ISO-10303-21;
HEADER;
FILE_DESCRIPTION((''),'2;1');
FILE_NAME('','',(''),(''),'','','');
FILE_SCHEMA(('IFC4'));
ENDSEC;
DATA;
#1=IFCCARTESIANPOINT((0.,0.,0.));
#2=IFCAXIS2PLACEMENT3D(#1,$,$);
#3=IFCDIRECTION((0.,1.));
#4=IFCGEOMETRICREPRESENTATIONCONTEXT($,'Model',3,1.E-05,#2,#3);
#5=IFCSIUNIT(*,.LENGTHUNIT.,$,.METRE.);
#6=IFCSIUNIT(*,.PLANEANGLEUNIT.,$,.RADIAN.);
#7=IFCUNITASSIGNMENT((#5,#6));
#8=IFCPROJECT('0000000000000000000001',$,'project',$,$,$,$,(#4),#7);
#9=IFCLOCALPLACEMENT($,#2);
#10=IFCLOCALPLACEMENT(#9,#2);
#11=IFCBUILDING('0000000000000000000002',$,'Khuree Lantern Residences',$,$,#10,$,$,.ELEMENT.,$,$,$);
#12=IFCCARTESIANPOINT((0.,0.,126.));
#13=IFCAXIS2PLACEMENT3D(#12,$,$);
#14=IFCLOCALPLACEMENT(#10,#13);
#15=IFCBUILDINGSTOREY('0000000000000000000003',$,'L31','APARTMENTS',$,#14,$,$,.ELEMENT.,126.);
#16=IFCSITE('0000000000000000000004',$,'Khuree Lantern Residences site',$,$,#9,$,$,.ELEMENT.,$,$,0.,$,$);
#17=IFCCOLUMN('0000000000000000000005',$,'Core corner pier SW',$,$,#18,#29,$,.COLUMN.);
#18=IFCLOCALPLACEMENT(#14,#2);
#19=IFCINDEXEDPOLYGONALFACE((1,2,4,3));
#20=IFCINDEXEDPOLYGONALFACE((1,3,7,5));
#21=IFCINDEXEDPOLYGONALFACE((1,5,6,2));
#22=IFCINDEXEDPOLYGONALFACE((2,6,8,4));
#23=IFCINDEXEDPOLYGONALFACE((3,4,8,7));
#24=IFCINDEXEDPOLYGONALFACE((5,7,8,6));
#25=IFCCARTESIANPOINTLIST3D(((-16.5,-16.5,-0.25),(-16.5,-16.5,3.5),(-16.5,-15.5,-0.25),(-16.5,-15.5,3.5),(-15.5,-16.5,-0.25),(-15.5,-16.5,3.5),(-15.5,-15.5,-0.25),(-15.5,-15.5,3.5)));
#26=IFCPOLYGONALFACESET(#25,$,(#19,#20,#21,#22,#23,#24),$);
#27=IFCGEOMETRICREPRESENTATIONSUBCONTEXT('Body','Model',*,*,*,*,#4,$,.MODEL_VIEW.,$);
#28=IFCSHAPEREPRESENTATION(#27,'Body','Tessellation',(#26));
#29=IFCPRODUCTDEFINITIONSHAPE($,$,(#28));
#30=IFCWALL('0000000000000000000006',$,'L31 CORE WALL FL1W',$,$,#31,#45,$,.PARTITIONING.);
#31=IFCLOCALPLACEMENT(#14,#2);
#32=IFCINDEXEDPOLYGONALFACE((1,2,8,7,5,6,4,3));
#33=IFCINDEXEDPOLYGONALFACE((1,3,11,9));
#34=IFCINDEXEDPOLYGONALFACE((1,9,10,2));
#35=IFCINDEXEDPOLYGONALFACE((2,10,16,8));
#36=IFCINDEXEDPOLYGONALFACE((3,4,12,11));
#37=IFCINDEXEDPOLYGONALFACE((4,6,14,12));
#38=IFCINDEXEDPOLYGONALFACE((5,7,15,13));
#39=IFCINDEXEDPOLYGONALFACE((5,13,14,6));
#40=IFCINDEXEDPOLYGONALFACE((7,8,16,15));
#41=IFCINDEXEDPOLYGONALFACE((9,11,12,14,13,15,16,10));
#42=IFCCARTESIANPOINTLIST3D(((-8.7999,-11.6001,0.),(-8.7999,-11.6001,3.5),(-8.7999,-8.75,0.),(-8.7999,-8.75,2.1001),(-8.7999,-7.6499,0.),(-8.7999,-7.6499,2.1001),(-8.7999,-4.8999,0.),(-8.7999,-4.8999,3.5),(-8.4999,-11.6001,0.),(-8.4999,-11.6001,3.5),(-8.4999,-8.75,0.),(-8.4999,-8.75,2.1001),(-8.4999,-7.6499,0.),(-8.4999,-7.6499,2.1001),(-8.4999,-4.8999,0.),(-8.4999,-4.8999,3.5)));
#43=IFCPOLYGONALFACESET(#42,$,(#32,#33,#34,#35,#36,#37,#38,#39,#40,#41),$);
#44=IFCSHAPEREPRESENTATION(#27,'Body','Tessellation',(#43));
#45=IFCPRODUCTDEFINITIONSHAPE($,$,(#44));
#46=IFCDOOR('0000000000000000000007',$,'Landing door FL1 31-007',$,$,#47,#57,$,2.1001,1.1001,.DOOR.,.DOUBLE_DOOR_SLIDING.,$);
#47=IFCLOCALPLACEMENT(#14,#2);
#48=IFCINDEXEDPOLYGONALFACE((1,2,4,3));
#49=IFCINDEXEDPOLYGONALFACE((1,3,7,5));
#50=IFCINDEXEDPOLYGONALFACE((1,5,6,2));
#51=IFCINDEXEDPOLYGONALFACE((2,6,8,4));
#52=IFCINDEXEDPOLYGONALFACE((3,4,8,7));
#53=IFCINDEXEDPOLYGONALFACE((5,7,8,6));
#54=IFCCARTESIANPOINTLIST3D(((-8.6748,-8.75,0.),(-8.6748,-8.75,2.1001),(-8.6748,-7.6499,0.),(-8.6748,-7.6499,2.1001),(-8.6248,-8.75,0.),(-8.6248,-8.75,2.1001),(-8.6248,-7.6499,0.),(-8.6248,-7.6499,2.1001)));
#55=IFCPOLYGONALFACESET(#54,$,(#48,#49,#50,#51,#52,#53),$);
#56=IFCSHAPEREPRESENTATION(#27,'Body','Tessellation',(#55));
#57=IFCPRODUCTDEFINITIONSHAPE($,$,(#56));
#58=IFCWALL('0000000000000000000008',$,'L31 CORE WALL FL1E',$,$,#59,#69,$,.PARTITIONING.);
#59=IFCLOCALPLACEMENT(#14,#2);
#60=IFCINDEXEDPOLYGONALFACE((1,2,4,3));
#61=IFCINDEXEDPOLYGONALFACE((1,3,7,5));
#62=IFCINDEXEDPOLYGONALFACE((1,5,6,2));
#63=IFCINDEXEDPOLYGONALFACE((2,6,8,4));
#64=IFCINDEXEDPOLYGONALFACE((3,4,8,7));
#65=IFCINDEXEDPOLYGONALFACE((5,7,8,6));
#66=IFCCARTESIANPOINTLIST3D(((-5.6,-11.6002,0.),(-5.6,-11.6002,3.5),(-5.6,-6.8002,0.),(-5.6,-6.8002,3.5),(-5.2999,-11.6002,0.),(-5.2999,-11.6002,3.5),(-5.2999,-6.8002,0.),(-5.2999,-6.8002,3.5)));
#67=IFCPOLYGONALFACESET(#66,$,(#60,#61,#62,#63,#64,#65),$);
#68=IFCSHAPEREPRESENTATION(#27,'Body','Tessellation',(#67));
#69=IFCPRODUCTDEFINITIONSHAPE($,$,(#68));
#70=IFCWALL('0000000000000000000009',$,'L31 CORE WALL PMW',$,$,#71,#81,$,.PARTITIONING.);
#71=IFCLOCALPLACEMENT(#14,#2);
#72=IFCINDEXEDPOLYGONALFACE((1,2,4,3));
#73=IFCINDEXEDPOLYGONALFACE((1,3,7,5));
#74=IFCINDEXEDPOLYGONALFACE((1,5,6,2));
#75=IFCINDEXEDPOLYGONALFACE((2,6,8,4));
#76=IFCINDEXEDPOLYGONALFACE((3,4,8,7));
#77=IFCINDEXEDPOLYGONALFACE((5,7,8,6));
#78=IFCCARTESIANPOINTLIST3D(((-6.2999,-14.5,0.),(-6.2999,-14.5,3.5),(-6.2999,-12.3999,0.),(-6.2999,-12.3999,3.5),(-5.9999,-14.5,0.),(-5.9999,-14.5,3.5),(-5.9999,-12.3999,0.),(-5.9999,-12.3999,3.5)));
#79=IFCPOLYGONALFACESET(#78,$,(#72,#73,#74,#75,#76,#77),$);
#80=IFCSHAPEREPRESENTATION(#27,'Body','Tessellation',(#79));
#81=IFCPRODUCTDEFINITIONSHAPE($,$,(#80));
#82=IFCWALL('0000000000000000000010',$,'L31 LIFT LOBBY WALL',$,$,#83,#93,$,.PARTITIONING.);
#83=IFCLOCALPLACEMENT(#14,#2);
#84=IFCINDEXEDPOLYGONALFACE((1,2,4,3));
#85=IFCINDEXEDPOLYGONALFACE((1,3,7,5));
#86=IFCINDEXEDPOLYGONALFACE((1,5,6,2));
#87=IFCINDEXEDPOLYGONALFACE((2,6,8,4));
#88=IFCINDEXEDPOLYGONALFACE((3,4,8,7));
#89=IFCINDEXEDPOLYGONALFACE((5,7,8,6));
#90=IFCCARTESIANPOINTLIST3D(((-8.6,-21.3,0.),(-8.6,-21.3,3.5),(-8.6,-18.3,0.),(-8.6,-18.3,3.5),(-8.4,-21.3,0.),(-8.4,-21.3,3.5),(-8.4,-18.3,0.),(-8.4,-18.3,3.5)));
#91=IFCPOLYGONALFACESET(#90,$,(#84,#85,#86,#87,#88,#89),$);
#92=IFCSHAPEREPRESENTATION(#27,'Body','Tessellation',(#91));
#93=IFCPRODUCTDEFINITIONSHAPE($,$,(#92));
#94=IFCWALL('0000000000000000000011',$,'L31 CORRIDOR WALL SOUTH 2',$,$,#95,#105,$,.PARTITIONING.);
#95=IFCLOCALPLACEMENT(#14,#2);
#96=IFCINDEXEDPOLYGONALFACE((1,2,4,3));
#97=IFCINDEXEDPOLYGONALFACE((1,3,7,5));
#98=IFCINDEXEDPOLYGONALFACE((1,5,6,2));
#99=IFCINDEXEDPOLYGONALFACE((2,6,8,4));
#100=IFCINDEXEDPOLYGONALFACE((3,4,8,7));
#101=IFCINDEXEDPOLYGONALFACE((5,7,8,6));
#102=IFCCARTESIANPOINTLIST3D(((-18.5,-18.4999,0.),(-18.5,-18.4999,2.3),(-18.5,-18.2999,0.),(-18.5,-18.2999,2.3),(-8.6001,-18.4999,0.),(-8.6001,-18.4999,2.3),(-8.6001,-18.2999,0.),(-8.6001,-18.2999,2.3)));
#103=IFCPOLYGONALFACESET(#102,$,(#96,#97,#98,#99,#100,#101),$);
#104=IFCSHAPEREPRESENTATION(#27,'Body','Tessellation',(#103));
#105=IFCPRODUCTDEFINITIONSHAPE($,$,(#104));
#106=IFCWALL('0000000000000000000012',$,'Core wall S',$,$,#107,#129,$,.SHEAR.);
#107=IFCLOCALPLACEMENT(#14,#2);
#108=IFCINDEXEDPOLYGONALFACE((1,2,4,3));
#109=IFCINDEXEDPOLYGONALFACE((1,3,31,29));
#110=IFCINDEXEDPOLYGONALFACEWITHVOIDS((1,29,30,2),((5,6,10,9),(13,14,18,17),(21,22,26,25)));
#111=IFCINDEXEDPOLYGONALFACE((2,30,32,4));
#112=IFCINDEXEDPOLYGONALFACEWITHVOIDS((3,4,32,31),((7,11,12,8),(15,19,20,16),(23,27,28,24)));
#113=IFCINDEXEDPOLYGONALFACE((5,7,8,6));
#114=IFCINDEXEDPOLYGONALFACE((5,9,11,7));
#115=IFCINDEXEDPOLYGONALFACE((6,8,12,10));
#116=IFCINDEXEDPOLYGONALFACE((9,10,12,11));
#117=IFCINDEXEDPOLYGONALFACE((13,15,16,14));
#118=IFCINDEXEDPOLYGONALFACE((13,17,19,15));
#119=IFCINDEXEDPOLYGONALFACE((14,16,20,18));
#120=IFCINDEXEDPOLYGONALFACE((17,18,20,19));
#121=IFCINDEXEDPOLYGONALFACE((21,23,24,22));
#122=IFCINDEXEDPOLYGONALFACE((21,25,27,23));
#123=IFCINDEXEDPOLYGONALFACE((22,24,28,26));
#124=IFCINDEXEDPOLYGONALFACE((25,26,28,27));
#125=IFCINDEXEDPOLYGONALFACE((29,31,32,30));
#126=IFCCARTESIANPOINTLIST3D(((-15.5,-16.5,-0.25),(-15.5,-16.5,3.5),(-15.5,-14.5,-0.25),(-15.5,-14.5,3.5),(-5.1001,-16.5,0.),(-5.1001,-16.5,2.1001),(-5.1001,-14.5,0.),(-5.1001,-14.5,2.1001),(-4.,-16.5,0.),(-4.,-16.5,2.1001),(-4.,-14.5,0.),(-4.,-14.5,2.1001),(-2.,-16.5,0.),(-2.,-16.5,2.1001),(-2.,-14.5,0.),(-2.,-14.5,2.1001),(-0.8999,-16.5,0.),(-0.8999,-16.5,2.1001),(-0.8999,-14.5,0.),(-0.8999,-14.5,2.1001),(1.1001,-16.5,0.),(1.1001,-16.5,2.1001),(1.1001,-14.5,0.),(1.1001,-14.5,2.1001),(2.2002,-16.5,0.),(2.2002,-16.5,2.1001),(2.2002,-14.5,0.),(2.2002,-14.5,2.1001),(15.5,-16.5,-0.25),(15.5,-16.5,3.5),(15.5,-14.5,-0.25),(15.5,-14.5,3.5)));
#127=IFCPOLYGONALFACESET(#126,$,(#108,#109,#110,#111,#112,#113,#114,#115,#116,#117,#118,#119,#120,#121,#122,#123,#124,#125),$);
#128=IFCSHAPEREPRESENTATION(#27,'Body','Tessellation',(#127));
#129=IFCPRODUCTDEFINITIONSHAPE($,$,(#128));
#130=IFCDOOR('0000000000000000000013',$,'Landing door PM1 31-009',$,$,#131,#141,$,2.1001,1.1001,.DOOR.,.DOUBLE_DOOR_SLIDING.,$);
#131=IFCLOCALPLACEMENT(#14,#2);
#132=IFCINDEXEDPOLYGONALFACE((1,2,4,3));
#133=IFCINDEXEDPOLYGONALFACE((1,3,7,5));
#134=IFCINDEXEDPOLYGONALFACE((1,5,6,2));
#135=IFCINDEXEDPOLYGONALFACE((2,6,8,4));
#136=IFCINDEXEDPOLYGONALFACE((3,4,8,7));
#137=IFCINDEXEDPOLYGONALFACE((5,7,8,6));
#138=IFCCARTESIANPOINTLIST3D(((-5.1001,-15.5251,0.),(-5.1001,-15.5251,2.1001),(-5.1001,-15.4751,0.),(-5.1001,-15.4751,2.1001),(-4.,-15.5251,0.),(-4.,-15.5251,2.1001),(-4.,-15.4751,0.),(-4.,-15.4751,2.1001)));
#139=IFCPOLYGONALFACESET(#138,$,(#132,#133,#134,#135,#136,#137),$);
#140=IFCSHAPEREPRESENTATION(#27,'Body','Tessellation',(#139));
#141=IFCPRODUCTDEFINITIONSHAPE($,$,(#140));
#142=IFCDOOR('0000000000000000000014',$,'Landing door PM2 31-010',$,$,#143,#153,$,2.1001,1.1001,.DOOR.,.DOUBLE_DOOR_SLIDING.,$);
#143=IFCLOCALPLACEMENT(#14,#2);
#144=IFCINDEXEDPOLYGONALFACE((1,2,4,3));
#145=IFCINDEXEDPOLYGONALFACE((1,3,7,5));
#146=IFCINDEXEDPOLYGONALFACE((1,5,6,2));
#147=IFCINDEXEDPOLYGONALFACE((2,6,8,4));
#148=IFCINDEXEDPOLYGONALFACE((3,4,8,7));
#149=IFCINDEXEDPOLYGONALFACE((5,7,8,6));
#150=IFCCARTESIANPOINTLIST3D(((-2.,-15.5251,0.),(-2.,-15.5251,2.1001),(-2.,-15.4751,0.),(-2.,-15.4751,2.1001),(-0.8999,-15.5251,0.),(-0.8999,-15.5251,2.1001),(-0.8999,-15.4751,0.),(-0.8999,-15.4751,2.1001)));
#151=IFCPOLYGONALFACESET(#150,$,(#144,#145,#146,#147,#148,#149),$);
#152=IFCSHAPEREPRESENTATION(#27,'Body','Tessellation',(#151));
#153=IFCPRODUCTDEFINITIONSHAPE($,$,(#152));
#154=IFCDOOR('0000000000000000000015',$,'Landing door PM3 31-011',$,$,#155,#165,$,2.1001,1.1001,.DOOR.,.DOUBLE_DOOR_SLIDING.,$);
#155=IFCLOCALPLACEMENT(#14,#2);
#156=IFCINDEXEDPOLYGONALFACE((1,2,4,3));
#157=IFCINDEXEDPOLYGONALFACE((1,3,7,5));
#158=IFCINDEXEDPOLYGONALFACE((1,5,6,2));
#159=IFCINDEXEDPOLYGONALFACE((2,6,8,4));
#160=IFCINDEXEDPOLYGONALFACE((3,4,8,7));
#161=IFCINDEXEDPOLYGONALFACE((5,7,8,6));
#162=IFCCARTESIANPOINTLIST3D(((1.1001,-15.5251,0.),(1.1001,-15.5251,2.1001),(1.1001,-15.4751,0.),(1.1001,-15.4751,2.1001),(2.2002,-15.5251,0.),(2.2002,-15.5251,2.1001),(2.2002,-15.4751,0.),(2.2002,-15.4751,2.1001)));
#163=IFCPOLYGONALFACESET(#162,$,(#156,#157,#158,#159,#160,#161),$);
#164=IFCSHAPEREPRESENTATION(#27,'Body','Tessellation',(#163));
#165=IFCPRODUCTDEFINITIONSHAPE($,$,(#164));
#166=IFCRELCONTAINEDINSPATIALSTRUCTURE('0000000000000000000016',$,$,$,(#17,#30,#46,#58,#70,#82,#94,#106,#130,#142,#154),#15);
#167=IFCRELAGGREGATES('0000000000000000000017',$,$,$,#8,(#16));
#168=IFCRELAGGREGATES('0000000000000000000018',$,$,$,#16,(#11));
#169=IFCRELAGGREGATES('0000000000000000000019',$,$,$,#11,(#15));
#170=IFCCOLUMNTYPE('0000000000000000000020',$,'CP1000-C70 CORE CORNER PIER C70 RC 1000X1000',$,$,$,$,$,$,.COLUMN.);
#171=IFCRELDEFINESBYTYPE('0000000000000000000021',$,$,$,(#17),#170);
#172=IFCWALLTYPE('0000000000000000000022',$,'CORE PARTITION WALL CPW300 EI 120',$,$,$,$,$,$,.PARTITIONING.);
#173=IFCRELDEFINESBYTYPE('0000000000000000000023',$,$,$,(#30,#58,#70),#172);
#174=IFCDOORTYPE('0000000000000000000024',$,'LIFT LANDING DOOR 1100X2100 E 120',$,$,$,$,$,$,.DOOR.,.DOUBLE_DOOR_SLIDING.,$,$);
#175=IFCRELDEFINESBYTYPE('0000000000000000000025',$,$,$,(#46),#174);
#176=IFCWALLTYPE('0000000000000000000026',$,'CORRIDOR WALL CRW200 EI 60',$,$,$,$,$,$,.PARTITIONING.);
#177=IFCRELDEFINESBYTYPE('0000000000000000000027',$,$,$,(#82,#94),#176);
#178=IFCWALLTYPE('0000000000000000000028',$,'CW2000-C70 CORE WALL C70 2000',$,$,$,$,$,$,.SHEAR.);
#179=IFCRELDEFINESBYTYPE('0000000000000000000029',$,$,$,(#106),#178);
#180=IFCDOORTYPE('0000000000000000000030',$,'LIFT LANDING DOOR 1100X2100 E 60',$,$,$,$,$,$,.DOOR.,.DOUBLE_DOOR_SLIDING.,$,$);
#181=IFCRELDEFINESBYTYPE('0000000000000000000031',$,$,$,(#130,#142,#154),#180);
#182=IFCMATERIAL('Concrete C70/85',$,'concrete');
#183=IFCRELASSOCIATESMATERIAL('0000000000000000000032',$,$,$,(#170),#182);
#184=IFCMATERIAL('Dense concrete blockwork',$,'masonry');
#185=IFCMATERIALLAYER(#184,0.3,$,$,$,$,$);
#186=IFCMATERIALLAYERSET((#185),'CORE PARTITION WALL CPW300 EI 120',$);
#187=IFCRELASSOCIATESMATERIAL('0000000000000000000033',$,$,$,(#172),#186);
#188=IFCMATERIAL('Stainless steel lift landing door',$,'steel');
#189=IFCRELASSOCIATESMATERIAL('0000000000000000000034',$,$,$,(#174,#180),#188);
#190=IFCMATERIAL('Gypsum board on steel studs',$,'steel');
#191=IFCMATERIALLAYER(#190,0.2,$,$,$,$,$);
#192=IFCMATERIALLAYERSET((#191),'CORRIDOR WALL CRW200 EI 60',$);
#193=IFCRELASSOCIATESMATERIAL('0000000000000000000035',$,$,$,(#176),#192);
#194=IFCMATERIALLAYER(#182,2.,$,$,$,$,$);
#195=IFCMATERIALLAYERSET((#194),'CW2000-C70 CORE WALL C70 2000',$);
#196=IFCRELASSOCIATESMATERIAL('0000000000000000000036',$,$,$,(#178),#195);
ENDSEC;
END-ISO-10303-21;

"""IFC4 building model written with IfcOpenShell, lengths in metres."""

from ifc_helpers import new_model, si_unit, direction, frame, frame_2d, origin, origin_2d, place, context, subcontext, project, spatial, rectangle, extrude, material, layer, layer_set, material_profile, profile_set, type_object, element, fill, save


model = new_model("IFC4")

# Units and contexts
model_context = context("Model", 3, precision=1e-05, world=origin(), true_north=direction((0.0, 1.0)))
body_context = subcontext(model_context, "Body", "Model", "MODEL_VIEW")
ifc_project = project(units=[si_unit("LENGTHUNIT", "METRE"), si_unit("PLANEANGLEUNIT", "RADIAN")], contexts=[model_context])

# Site, building, storey
site_placement = place(None, origin())
site = spatial("IfcSite", under=ifc_project, at=site_placement, Name="Khuree Lantern Residences site", CompositionType="ELEMENT", RefElevation=0.0)
building_placement = place(site_placement, origin())
building = spatial("IfcBuilding", under=site, at=building_placement, Name="Khuree Lantern Residences", CompositionType="ELEMENT")
storey_placement = place(building_placement, frame((0.0, 0.0, 126.0)))
storey = spatial("IfcBuildingStorey", under=building, at=storey_placement, Name="L31", Description="APARTMENTS", CompositionType="ELEMENT", Elevation=126.0)

# Column
ifc_material_1 = material(Name="Concrete C70/85", Category="concrete")
ifc_material_profile = material_profile(ifc_material_1, rectangle(XDim=1.0, YDim=1.0, at=origin_2d()), Name="RC 1000X1000")
ifc_profile_set = profile_set([ifc_material_profile], Name="Concrete C70/85")
column_type = type_object("IfcColumnType", Name="CP1000-C70 CORE CORNER PIER C70 RC 1000X1000", PredefinedType="COLUMN", material=ifc_profile_set)
column_placement = place(storey_placement, frame((-16.0, -16.0, -0.25), z_axis=(0.0, 0.0, 1.0), x_axis=(1.0, 0.0, 0.0)))
element("IfcColumn", 1, at=column_placement, inside=storey, type_object=column_type, Name="Core corner pier SW", PredefinedType="COLUMN", context=body_context, shape_type="SweptSolid", body=[
    extrude(rectangle(XDim=1.0, YDim=1.0, at=origin_2d()), origin(), (0.0, 0.0, 1.0), 3.75),
])

# Wall, opening, door
ifc_material_2 = material(Name="Dense concrete blockwork", Category="masonry")
ifc_layer_1 = layer(ifc_material_2, 0.3)
ifc_layer_set_1 = layer_set([ifc_layer_1], Name="CORE PARTITION WALL CPW300 EI 120")
wall_type_1 = type_object("IfcWallType", Name="CORE PARTITION WALL CPW300 EI 120", PredefinedType="PARTITIONING", material=ifc_layer_set_1)
wall_1_placement = place(storey_placement, frame((-8.6499, -11.6001, 0.0), z_axis=(0.0, 0.0, 1.0), x_axis=(0.0, 1.0, 0.0)))
wall_1 = element("IfcWall", 2, at=wall_1_placement, inside=storey, type_object=wall_type_1, Name="L31 CORE WALL FL1W", PredefinedType="PARTITIONING", context=body_context, shape_type="SweptSolid", body=[
    extrude(rectangle(XDim=6.7002, YDim=0.3, at=frame_2d((3.3501, 0.0))), origin(), (0.0, 0.0, 1.0), 3.5),
])
opening_1_placement = place(wall_1_placement, frame((2.8501, 0.0, 0.0)))
opening_1 = element("IfcOpeningElement", 3, at=opening_1_placement, cuts=wall_1, PredefinedType="OPENING", context=body_context, shape_type="SweptSolid", body=[
    extrude(rectangle(XDim=1.1001, YDim=2.1001, at=frame_2d((0.55, 1.05))), frame((0.0, 0.1602, 0.0), z_axis=(0.0, -1.0, 0.0), x_axis=(1.0, 0.0, 0.0)), (0.0, 0.0, 1.0), 0.3201),
])
ifc_material_3 = material(Name="Stainless steel lift landing door", Category="steel")
door_type_1 = type_object("IfcDoorType", Name="LIFT LANDING DOOR 1100X2100 E 120", OperationType="DOUBLE_DOOR_SLIDING", PredefinedType="DOOR", material=ifc_material_3)
door_1_placement = place(opening_1_placement, origin())
door_1 = element("IfcDoor", 4, at=door_1_placement, inside=storey, type_object=door_type_1, Name="Landing door FL1 31-007", OperationType="DOUBLE_DOOR_SLIDING", OverallHeight=2.1001, OverallWidth=1.1001, PredefinedType="DOOR", context=body_context, shape_type="SweptSolid", body=[
    extrude(rectangle(XDim=1.1001, YDim=2.1001, at=frame_2d((0.55, 1.05))), frame((0.0, 0.0249, 0.0), z_axis=(0.0, -1.0, 0.0), x_axis=(1.0, 0.0, 0.0)), (0.0, 0.0, 1.0), 0.05),
])
fill(opening_1, door_1)

# Walls
wall_2_placement = place(storey_placement, frame((-5.45, -11.6001, 0.0), z_axis=(0.0, 0.0, 1.0), x_axis=(0.0, 1.0, 0.0)))
element("IfcWall", 5, at=wall_2_placement, inside=storey, type_object=wall_type_1, Name="L31 CORE WALL FL1E", PredefinedType="PARTITIONING", context=body_context, shape_type="SweptSolid", body=[
    extrude(rectangle(XDim=4.8, YDim=0.3, at=frame_2d((2.3999, 0.0))), origin(), (0.0, 0.0, 1.0), 3.5),
])
wall_3_placement = place(storey_placement, frame((-6.1499, -14.5, 0.0), z_axis=(0.0, 0.0, 1.0), x_axis=(0.0, 1.0, 0.0)))
element("IfcWall", 6, at=wall_3_placement, inside=storey, type_object=wall_type_1, Name="L31 CORE WALL PMW", PredefinedType="PARTITIONING", context=body_context, shape_type="SweptSolid", body=[
    extrude(rectangle(XDim=2.1001, YDim=0.3, at=frame_2d((1.05, 0.0))), origin(), (0.0, 0.0, 1.0), 3.5),
])
ifc_material_4 = material(Name="Gypsum board on steel studs", Category="steel")
ifc_layer_2 = layer(ifc_material_4, 0.2)
ifc_layer_set_2 = layer_set([ifc_layer_2], Name="CORRIDOR WALL CRW200 EI 60")
wall_type_2 = type_object("IfcWallType", Name="CORRIDOR WALL CRW200 EI 60", PredefinedType="PARTITIONING", material=ifc_layer_set_2)
wall_4_placement = place(storey_placement, frame((-8.5, -18.3, 0.0), z_axis=(0.0, 0.0, 1.0), x_axis=(0.0, -1.0, 0.0)))
element("IfcWall", 7, at=wall_4_placement, inside=storey, type_object=wall_type_2, Name="L31 LIFT LOBBY WALL", PredefinedType="PARTITIONING", context=body_context, shape_type="SweptSolid", body=[
    extrude(rectangle(XDim=3.0, YDim=0.2, at=frame_2d((1.5, 0.0))), origin(), (0.0, 0.0, 1.0), 3.5),
])
wall_5_placement = place(storey_placement, frame((-8.6001, -18.3999, 0.0), z_axis=(0.0, 0.0, 1.0), x_axis=(-1.0, 0.0, 0.0)))
element("IfcWall", 8, at=wall_5_placement, inside=storey, type_object=wall_type_2, Name="L31 CORRIDOR WALL SOUTH 2", PredefinedType="PARTITIONING", context=body_context, shape_type="SweptSolid", body=[
    extrude(rectangle(XDim=9.8999, YDim=0.2, at=frame_2d((4.95, 0.0))), origin(), (0.0, 0.0, 1.0), 2.3),
])

# Wall, openings, doors
ifc_layer_3 = layer(ifc_material_1, 2.0)
ifc_layer_set_3 = layer_set([ifc_layer_3], Name="CW2000-C70 CORE WALL C70 2000")
wall_type_3 = type_object("IfcWallType", Name="CW2000-C70 CORE WALL C70 2000", PredefinedType="SHEAR", material=ifc_layer_set_3)
wall_6_placement = place(storey_placement, frame((-15.5, -15.5, -0.25), z_axis=(0.0, 0.0, 1.0), x_axis=(1.0, 0.0, 0.0)))
wall_6 = element("IfcWall", 9, at=wall_6_placement, inside=storey, type_object=wall_type_3, Name="Core wall S", PredefinedType="SHEAR", context=body_context, shape_type="SweptSolid", body=[
    extrude(rectangle(XDim=31.0, YDim=2.0, at=frame_2d((15.5, 0.0))), origin(), (0.0, 0.0, 1.0), 3.75),
])
opening_2_placement = place(wall_6_placement, frame((10.3999, 0.0, 0.25)))
opening_2 = element("IfcOpeningElement", 10, at=opening_2_placement, cuts=wall_6, PredefinedType="OPENING", context=body_context, shape_type="SweptSolid", body=[
    extrude(rectangle(XDim=1.1001, YDim=2.1001, at=frame_2d((0.55, 1.05))), frame((0.0, 1.01, 0.0), z_axis=(0.0, -1.0, 0.0), x_axis=(1.0, 0.0, 0.0)), (0.0, 0.0, 1.0), 2.02),
])
opening_3_placement = place(wall_6_placement, frame((13.5, 0.0, 0.25)))
opening_3 = element("IfcOpeningElement", 11, at=opening_3_placement, cuts=wall_6, PredefinedType="OPENING", context=body_context, shape_type="SweptSolid", body=[
    extrude(rectangle(XDim=1.1001, YDim=2.1001, at=frame_2d((0.55, 1.05))), frame((0.0, 1.01, 0.0), z_axis=(0.0, -1.0, 0.0), x_axis=(1.0, 0.0, 0.0)), (0.0, 0.0, 1.0), 2.02),
])
opening_4_placement = place(wall_6_placement, frame((16.6001, 0.0, 0.25)))
opening_4 = element("IfcOpeningElement", 12, at=opening_4_placement, cuts=wall_6, PredefinedType="OPENING", context=body_context, shape_type="SweptSolid", body=[
    extrude(rectangle(XDim=1.1001, YDim=2.1001, at=frame_2d((0.55, 1.05))), frame((0.0, 1.01, 0.0), z_axis=(0.0, -1.0, 0.0), x_axis=(1.0, 0.0, 0.0)), (0.0, 0.0, 1.0), 2.02),
])
door_type_2 = type_object("IfcDoorType", Name="LIFT LANDING DOOR 1100X2100 E 60", OperationType="DOUBLE_DOOR_SLIDING", PredefinedType="DOOR", material=ifc_material_3)
door_2_placement = place(opening_2_placement, origin())
door_2 = element("IfcDoor", 13, at=door_2_placement, inside=storey, type_object=door_type_2, Name="Landing door PM1 31-009", OperationType="DOUBLE_DOOR_SLIDING", OverallHeight=2.1001, OverallWidth=1.1001, PredefinedType="DOOR", context=body_context, shape_type="SweptSolid", body=[
    extrude(rectangle(XDim=1.1001, YDim=2.1001, at=frame_2d((0.55, 1.05))), frame((0.0, 0.0249, 0.0), z_axis=(0.0, -1.0, 0.0), x_axis=(1.0, 0.0, 0.0)), (0.0, 0.0, 1.0), 0.05),
])
fill(opening_2, door_2)
door_3_placement = place(opening_3_placement, origin())
door_3 = element("IfcDoor", 14, at=door_3_placement, inside=storey, type_object=door_type_2, Name="Landing door PM2 31-010", OperationType="DOUBLE_DOOR_SLIDING", OverallHeight=2.1001, OverallWidth=1.1001, PredefinedType="DOOR", context=body_context, shape_type="SweptSolid", body=[
    extrude(rectangle(XDim=1.1001, YDim=2.1001, at=frame_2d((0.55, 1.05))), frame((0.0, 0.0249, 0.0), z_axis=(0.0, -1.0, 0.0), x_axis=(1.0, 0.0, 0.0)), (0.0, 0.0, 1.0), 0.05),
])
fill(opening_3, door_3)
door_4_placement = place(opening_4_placement, origin())
door_4 = element("IfcDoor", 15, at=door_4_placement, inside=storey, type_object=door_type_2, Name="Landing door PM3 31-011", OperationType="DOUBLE_DOOR_SLIDING", OverallHeight=2.1001, OverallWidth=1.1001, PredefinedType="DOOR", context=body_context, shape_type="SweptSolid", body=[
    extrude(rectangle(XDim=1.1001, YDim=2.1001, at=frame_2d((0.55, 1.05))), frame((0.0, 0.0249, 0.0), z_axis=(0.0, -1.0, 0.0), x_axis=(1.0, 0.0, 0.0)), (0.0, 0.0, 1.0), 0.05),
])
fill(opening_4, door_4)

save(model, "model.ifc")
